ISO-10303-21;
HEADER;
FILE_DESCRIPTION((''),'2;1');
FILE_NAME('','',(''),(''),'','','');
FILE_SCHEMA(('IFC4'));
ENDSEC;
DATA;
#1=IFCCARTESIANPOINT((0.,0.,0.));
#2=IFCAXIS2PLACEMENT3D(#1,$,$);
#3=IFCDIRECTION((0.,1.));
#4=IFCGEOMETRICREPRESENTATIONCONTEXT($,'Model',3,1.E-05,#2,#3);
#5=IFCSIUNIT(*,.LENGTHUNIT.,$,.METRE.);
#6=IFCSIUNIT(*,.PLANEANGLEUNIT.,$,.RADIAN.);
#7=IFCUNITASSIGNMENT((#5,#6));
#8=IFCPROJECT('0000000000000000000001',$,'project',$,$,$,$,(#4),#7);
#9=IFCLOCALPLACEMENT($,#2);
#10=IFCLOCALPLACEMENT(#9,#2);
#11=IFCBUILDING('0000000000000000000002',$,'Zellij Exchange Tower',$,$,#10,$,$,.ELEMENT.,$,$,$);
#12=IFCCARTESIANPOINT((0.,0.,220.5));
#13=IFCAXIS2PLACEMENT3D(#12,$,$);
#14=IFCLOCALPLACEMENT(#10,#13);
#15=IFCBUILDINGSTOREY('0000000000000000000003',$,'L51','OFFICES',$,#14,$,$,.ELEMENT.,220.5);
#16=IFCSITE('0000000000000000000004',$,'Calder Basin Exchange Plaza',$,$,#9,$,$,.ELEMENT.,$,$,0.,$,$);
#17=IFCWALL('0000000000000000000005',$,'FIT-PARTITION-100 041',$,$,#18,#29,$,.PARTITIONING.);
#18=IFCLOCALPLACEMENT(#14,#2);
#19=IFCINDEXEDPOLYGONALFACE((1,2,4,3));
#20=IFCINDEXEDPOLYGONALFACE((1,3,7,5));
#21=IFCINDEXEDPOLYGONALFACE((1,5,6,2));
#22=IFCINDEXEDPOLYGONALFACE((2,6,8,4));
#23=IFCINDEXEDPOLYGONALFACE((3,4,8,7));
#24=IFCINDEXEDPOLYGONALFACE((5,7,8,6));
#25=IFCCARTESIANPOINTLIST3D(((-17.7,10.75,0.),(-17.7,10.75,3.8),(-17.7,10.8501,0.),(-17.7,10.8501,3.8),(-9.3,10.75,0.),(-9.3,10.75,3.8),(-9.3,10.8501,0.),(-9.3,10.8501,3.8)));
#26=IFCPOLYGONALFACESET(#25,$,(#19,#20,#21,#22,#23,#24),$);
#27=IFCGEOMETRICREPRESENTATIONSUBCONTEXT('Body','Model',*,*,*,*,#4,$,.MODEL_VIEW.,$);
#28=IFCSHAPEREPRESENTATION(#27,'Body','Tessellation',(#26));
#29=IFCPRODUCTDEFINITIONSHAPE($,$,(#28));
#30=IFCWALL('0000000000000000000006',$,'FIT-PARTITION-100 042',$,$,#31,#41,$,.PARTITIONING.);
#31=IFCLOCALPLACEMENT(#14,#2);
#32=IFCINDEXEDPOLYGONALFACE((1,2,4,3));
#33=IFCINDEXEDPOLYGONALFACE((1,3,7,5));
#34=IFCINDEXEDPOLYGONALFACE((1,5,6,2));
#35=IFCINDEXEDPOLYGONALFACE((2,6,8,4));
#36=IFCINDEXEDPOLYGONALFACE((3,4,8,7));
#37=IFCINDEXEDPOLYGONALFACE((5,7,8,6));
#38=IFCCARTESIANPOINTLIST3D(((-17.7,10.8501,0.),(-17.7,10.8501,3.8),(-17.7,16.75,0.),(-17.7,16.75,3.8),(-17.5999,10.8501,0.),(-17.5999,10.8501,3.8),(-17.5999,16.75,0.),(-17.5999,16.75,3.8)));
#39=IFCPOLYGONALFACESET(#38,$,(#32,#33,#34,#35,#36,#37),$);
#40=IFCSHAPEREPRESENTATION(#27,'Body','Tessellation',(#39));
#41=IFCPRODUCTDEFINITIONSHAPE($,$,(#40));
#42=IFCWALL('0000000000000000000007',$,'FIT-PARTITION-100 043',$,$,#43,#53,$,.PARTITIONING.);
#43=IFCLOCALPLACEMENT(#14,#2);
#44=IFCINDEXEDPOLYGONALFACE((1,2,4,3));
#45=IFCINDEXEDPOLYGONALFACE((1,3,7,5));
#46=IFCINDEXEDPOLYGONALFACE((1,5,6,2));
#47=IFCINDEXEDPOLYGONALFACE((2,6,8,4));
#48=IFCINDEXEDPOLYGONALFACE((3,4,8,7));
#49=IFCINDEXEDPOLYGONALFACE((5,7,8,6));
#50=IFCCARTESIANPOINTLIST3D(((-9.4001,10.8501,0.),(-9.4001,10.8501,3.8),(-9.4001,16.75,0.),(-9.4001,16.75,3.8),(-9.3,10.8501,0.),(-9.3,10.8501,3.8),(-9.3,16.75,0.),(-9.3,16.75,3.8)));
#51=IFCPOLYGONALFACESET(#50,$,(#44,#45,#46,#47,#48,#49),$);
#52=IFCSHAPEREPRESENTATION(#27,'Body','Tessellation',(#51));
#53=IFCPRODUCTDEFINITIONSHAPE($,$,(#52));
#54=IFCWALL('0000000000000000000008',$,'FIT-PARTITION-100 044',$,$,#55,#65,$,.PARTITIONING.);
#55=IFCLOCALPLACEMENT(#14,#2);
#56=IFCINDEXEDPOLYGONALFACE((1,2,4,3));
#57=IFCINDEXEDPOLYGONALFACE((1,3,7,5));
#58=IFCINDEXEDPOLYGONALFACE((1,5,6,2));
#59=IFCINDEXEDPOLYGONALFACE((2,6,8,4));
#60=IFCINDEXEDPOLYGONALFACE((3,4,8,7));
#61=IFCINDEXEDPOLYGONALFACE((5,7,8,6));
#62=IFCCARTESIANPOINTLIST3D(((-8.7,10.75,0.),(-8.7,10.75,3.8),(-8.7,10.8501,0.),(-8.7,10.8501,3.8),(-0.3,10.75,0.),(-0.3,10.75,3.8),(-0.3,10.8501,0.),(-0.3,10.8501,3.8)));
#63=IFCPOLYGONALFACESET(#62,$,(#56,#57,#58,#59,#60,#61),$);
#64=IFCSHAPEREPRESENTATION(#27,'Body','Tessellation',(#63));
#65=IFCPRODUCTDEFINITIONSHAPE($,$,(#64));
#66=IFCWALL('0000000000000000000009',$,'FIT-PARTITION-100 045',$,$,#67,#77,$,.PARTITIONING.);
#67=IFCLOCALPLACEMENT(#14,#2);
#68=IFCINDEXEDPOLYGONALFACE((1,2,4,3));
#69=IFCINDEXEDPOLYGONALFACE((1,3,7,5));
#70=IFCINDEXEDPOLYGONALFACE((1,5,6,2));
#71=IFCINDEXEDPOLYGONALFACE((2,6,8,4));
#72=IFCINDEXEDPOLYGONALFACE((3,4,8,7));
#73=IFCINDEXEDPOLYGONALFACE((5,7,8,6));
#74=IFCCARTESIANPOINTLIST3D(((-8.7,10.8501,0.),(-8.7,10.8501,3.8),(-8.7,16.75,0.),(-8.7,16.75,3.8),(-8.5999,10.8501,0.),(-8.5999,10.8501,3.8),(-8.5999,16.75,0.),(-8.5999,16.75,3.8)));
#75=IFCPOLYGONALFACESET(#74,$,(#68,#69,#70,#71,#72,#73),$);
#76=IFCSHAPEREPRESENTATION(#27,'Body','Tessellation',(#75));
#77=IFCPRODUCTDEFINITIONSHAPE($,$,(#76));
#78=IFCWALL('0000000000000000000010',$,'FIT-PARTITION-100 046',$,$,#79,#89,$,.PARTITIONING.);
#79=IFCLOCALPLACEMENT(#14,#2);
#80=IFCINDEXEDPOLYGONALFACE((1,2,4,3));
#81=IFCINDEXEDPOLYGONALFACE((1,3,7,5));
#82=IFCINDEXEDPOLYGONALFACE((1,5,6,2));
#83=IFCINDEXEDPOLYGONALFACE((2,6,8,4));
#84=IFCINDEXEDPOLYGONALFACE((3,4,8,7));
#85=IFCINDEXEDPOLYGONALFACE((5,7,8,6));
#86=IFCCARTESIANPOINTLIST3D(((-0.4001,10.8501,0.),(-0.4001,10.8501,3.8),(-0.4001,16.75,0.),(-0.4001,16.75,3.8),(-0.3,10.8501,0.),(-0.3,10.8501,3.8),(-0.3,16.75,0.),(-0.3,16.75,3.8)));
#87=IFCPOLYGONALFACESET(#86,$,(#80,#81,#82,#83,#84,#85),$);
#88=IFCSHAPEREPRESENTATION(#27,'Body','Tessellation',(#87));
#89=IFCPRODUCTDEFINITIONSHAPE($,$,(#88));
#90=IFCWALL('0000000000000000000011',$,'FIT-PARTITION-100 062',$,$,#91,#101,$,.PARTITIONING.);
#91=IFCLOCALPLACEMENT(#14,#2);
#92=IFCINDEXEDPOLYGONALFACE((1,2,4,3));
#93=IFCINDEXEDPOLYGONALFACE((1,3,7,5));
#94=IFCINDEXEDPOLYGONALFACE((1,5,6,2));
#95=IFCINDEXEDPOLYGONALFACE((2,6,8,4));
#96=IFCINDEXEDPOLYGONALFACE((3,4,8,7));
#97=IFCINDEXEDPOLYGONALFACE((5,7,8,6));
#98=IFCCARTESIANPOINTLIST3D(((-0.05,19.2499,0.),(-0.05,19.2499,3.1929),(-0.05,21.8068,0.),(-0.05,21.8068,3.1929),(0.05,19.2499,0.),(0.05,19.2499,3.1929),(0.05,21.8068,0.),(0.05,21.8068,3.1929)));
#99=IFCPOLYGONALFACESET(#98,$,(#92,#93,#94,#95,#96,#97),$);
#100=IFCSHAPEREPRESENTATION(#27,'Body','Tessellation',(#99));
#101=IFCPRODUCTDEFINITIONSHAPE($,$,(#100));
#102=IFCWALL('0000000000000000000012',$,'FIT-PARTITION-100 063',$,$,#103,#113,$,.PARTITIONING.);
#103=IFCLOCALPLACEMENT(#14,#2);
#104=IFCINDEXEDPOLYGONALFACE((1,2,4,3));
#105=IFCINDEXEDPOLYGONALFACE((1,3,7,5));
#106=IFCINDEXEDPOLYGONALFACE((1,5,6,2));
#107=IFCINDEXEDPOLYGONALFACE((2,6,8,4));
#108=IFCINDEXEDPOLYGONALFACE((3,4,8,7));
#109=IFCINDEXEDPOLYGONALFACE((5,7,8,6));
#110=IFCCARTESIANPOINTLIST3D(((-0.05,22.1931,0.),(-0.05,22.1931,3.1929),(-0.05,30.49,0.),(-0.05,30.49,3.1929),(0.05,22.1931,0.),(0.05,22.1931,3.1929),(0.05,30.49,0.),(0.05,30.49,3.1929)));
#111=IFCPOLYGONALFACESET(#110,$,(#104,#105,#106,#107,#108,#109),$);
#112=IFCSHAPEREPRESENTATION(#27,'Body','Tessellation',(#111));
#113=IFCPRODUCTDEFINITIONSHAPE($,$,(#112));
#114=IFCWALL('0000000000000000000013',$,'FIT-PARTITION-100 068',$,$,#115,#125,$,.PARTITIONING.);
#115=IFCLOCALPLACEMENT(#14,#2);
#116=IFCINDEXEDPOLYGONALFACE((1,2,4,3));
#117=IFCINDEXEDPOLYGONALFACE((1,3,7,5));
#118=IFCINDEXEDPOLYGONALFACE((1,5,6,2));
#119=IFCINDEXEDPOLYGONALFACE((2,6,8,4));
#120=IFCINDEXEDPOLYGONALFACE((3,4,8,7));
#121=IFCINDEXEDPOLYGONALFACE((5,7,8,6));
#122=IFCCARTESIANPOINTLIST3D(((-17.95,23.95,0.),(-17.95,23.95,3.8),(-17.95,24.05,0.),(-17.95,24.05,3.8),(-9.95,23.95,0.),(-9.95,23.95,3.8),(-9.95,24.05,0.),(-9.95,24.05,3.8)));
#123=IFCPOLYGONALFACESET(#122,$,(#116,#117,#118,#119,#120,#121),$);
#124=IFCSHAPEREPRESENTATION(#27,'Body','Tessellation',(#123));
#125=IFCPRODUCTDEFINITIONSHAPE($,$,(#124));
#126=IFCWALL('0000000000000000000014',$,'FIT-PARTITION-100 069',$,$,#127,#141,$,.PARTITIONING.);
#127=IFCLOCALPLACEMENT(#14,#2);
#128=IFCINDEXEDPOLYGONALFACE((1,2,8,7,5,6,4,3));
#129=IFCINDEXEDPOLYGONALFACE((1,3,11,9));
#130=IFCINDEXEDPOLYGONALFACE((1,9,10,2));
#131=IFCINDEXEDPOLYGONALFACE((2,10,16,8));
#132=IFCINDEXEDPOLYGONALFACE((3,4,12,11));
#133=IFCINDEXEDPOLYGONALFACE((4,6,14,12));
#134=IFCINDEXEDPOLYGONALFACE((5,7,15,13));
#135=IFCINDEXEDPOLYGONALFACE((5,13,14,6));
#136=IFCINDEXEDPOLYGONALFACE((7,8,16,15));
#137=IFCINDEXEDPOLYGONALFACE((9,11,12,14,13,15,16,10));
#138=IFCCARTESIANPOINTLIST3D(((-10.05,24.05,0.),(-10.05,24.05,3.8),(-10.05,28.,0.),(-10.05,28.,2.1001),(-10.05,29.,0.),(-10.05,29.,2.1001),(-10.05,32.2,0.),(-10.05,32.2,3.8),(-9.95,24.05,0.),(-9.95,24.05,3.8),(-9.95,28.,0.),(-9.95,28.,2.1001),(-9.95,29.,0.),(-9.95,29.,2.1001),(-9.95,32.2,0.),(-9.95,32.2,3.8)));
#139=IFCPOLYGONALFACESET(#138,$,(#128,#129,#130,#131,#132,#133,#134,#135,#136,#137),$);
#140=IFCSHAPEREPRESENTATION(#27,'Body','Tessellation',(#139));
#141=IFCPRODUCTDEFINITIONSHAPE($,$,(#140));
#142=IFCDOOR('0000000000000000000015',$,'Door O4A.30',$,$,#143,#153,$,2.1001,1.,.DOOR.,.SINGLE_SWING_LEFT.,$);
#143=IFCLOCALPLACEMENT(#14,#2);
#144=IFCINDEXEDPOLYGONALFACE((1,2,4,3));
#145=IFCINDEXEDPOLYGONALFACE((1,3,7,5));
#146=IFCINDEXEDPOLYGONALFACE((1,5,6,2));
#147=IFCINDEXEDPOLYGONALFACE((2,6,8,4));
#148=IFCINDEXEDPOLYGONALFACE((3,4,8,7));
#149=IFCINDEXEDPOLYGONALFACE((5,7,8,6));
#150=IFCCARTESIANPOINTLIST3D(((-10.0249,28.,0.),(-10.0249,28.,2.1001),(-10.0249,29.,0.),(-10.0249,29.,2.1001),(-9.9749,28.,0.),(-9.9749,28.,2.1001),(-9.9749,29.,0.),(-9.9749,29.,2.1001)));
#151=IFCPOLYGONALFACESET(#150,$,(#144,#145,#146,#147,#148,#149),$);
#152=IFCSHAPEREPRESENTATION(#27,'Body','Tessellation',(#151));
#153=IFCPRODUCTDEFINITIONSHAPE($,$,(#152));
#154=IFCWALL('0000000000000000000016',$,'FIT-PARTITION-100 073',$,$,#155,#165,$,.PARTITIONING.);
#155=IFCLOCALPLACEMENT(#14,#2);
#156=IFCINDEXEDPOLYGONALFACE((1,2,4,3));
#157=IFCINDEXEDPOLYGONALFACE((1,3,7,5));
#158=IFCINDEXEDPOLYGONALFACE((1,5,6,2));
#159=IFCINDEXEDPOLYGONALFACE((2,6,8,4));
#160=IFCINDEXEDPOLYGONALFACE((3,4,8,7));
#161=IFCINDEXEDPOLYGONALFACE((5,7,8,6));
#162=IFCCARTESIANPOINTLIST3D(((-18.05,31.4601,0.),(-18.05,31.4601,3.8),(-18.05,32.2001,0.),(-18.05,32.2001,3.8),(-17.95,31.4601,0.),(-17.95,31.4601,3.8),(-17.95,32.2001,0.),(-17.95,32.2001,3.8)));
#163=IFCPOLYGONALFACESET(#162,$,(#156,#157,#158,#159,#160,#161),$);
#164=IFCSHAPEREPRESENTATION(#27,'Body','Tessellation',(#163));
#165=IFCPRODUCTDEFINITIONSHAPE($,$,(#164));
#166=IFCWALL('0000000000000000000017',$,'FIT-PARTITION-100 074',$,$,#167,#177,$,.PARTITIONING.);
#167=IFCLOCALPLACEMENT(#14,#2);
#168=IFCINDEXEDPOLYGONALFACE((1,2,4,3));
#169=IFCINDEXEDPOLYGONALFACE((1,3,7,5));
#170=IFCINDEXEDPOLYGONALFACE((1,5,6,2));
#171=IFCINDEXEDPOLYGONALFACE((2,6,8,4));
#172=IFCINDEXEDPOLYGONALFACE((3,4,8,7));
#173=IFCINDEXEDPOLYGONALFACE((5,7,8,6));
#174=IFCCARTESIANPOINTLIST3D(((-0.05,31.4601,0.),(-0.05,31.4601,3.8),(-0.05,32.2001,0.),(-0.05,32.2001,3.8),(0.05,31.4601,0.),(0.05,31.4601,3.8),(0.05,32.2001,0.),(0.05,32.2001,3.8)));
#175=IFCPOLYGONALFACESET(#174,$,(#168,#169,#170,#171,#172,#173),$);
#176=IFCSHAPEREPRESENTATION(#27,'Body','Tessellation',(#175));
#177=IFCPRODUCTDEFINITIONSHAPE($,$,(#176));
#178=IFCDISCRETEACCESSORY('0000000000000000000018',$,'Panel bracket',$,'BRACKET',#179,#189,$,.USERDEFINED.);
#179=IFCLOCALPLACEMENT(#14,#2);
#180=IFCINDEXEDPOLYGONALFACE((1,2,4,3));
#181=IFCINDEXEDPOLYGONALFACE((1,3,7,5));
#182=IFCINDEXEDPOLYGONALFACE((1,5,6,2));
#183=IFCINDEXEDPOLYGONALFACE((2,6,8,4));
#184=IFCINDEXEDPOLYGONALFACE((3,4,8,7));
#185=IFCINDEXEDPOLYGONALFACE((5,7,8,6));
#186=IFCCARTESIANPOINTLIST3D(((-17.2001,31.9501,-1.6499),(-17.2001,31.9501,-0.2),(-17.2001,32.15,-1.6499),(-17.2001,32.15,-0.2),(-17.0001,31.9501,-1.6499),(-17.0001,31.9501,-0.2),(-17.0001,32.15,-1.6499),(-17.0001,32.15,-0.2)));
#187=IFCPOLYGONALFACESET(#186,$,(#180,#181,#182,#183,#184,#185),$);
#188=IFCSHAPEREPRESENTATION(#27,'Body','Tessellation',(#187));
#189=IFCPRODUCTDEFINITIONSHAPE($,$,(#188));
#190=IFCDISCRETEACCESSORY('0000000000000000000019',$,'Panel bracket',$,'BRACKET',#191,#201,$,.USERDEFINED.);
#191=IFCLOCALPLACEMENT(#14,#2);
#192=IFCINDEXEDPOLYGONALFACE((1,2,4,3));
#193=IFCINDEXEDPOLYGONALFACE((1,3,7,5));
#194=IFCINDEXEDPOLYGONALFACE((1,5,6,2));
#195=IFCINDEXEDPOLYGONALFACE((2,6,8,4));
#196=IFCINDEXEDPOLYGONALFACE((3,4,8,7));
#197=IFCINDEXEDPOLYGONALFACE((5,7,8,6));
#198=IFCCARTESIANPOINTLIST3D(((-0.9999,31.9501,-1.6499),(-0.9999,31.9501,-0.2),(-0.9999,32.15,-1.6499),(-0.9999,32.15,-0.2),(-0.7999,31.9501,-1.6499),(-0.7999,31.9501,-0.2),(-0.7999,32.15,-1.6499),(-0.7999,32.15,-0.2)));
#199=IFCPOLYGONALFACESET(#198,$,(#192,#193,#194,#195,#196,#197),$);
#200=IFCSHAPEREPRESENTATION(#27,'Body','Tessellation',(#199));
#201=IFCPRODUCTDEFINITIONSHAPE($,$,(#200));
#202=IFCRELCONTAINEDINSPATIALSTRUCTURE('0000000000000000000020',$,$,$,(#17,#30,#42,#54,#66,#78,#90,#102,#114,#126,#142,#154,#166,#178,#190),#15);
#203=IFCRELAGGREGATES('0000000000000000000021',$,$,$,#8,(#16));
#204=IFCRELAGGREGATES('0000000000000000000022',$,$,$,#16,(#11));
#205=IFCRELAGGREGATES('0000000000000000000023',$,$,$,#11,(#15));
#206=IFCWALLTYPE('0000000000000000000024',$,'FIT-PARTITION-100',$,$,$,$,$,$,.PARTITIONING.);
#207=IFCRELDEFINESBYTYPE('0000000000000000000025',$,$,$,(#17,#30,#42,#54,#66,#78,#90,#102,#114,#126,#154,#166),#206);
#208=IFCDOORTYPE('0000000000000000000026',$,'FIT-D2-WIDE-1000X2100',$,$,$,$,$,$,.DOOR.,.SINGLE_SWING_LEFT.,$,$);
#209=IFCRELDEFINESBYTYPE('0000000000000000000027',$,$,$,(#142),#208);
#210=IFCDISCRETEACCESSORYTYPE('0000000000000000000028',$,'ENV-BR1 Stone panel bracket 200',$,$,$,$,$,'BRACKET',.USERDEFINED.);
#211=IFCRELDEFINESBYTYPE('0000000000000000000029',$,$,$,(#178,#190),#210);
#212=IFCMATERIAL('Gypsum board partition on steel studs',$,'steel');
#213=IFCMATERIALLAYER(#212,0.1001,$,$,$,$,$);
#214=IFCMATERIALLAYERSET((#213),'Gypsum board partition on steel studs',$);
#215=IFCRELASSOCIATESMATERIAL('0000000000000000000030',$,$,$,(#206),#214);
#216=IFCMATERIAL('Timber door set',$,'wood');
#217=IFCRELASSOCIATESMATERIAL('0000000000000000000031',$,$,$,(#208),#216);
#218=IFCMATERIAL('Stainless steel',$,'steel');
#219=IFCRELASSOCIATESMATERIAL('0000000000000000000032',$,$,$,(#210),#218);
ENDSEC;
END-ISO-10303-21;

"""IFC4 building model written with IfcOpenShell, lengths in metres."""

from ifc_helpers import new_model, si_unit, direction, frame, frame_2d, origin, origin_2d, place, context, subcontext, project, spatial, rectangle, extrude, material, layer, layer_set, type_object, element, fill, save


model = new_model("IFC4")

# Units and contexts
model_context = context("Model", 3, precision=1e-05, world=origin(), true_north=direction((0.0, 1.0)))
body_context = subcontext(model_context, "Body", "Model", "MODEL_VIEW")
ifc_project = project(units=[si_unit("LENGTHUNIT", "METRE"), si_unit("PLANEANGLEUNIT", "RADIAN")], contexts=[model_context])

# Site, building, storey
site_placement = place(None, origin())
site = spatial("IfcSite", under=ifc_project, at=site_placement, Name="Calder Basin Exchange Plaza", CompositionType="ELEMENT", RefElevation=0.0)
building_placement = place(site_placement, origin())
building = spatial("IfcBuilding", under=site, at=building_placement, Name="Zellij Exchange Tower", CompositionType="ELEMENT")
storey_placement = place(building_placement, frame((0.0, 0.0, 220.5)))
storey = spatial("IfcBuildingStorey", under=building, at=storey_placement, Name="L51", Description="OFFICES", CompositionType="ELEMENT", Elevation=220.5)

# Walls
ifc_material_1 = material(Name="Gypsum board partition on steel studs", Category="steel")
ifc_layer = layer(ifc_material_1, 0.1001)
ifc_layer_set = layer_set([ifc_layer], Name="Gypsum board partition on steel studs")
wall_type = type_object("IfcWallType", Name="FIT-PARTITION-100", PredefinedType="PARTITIONING", material=ifc_layer_set)
wall_1_placement = place(storey_placement, frame((-17.7, 10.8, 0.0), z_axis=(0.0, 0.0, 1.0), x_axis=(1.0, 0.0, 0.0)))
element("IfcWall", 1, at=wall_1_placement, inside=storey, type_object=wall_type, Name="FIT-PARTITION-100 041", PredefinedType="PARTITIONING", context=body_context, shape_type="SweptSolid", body=[
    extrude(rectangle(XDim=8.3999, YDim=0.1001, at=frame_2d((4.2, 0.0))), origin(), (0.0, 0.0, 1.0), 3.8),
])
for number, where, z_axis, x_axis, name in (
    (2, (-17.6499, 10.8501, 0.0), (0.0, 0.0, 1.0), (0.0, 1.0, 0.0), "FIT-PARTITION-100 042"),
    (3, (-9.3501, 10.8501, 0.0), (0.0, 0.0, 1.0), (0.0, 1.0, 0.0), "FIT-PARTITION-100 043"),
):
    element("IfcWall", number, at=place(storey_placement, frame(where, z_axis=z_axis, x_axis=x_axis)), inside=storey, type_object=wall_type, Name=name, PredefinedType="PARTITIONING", context=body_context, shape_type="SweptSolid", body=[
        extrude(rectangle(XDim=5.8999, YDim=0.1001, at=frame_2d((2.95, 0.0))), origin(), (0.0, 0.0, 1.0), 3.8),
    ])
wall_2_placement = place(storey_placement, frame((-8.7, 10.8, 0.0), z_axis=(0.0, 0.0, 1.0), x_axis=(1.0, 0.0, 0.0)))
element("IfcWall", 4, at=wall_2_placement, inside=storey, type_object=wall_type, Name="FIT-PARTITION-100 044", PredefinedType="PARTITIONING", context=body_context, shape_type="SweptSolid", body=[
    extrude(rectangle(XDim=8.3999, YDim=0.1001, at=frame_2d((4.2, 0.0))), origin(), (0.0, 0.0, 1.0), 3.8),
])
for number, where, z_axis, x_axis, name in (
    (5, (-8.6499, 10.8501, 0.0), (0.0, 0.0, 1.0), (0.0, 1.0, 0.0), "FIT-PARTITION-100 045"),
    (6, (-0.3501, 10.8501, 0.0), (0.0, 0.0, 1.0), (0.0, 1.0, 0.0), "FIT-PARTITION-100 046"),
):
    element("IfcWall", number, at=place(storey_placement, frame(where, z_axis=z_axis, x_axis=x_axis)), inside=storey, type_object=wall_type, Name=name, PredefinedType="PARTITIONING", context=body_context, shape_type="SweptSolid", body=[
        extrude(rectangle(XDim=5.8999, YDim=0.1001, at=frame_2d((2.95, 0.0))), origin(), (0.0, 0.0, 1.0), 3.8),
    ])
wall_3_placement = place(storey_placement, frame((0.0, 19.25, 0.0), z_axis=(0.0, 0.0, 1.0), x_axis=(0.0, 1.0, 0.0)))
element("IfcWall", 7, at=wall_3_placement, inside=storey, type_object=wall_type, Name="FIT-PARTITION-100 062", PredefinedType="PARTITIONING", context=body_context, shape_type="SweptSolid", body=[
    extrude(rectangle(XDim=2.5569, YDim=0.1001, at=frame_2d((1.2783, 0.0))), origin(), (0.0, 0.0, 1.0), 3.1929),
])
wall_4_placement = place(storey_placement, frame((0.0, 22.1931, 0.0), z_axis=(0.0, 0.0, 1.0), x_axis=(0.0, 1.0, 0.0)))
element("IfcWall", 8, at=wall_4_placement, inside=storey, type_object=wall_type, Name="FIT-PARTITION-100 063", PredefinedType="PARTITIONING", context=body_context, shape_type="SweptSolid", body=[
    extrude(rectangle(XDim=8.2969, YDim=0.1001, at=frame_2d((4.1484, 0.0))), origin(), (0.0, 0.0, 1.0), 3.1929),
])
wall_5_placement = place(storey_placement, frame((-17.95, 24.0, 0.0), z_axis=(0.0, 0.0, 1.0), x_axis=(1.0, 0.0, 0.0)))
element("IfcWall", 9, at=wall_5_placement, inside=storey, type_object=wall_type, Name="FIT-PARTITION-100 068", PredefinedType="PARTITIONING", context=body_context, shape_type="SweptSolid", body=[
    extrude(rectangle(XDim=8.0, YDim=0.1001, at=frame_2d((4.0, 0.0))), origin(), (0.0, 0.0, 1.0), 3.8),
])

# Wall, opening, door
wall_6_placement = place(storey_placement, frame((-10.0, 24.05, 0.0), z_axis=(0.0, 0.0, 1.0), x_axis=(0.0, 1.0, 0.0)))
wall_6 = element("IfcWall", 10, at=wall_6_placement, inside=storey, type_object=wall_type, Name="FIT-PARTITION-100 069", PredefinedType="PARTITIONING", context=body_context, shape_type="SweptSolid", body=[
    extrude(rectangle(XDim=8.1499, YDim=0.1001, at=frame_2d((4.075, 0.0))), origin(), (0.0, 0.0, 1.0), 3.8),
])
opening_placement = place(wall_6_placement, frame((3.95, 0.0, 0.0)))
opening = element("IfcOpeningElement", 11, at=opening_placement, cuts=wall_6, PredefinedType="OPENING", context=body_context, shape_type="SweptSolid", body=[
    extrude(rectangle(XDim=1.0, YDim=2.1001, at=frame_2d((0.5, 1.05))), frame((0.0, 0.062, 0.0), z_axis=(0.0, -1.0, 0.0), x_axis=(1.0, 0.0, 0.0)), (0.0, 0.0, 1.0), 0.124),
])
ifc_material_2 = material(Name="Timber door set", Category="wood")
door_type = type_object("IfcDoorType", Name="FIT-D2-WIDE-1000X2100", OperationType="SINGLE_SWING_LEFT", PredefinedType="DOOR", material=ifc_material_2)
door_placement = place(opening_placement, origin())
door = element("IfcDoor", 12, at=door_placement, inside=storey, type_object=door_type, Name="Door O4A.30", OperationType="SINGLE_SWING_LEFT", OverallHeight=2.1001, OverallWidth=1.0, PredefinedType="DOOR", context=body_context, shape_type="SweptSolid", body=[
    extrude(rectangle(XDim=1.0, YDim=2.1001, at=frame_2d((0.5, 1.05))), frame((0.0, 0.0249, 0.0), z_axis=(0.0, -1.0, 0.0), x_axis=(1.0, 0.0, 0.0)), (0.0, 0.0, 1.0), 0.05),
])
fill(opening, door)

# Walls
for number, where, z_axis, x_axis, name in (
    (13, (-18.0, 31.46, 0.0), (0.0, 0.0, 1.0), (0.0, 1.0, 0.0), "FIT-PARTITION-100 073"),
    (14, (0.0, 31.46, 0.0), (0.0, 0.0, 1.0), (0.0, 1.0, 0.0), "FIT-PARTITION-100 074"),
):
    element("IfcWall", number, at=place(storey_placement, frame(where, z_axis=z_axis, x_axis=x_axis)), inside=storey, type_object=wall_type, Name=name, PredefinedType="PARTITIONING", context=body_context, shape_type="SweptSolid", body=[
        extrude(rectangle(XDim=0.74, YDim=0.1001, at=frame_2d((0.3701, 0.0))), origin(), (0.0, 0.0, 1.0), 3.8),
    ])

# Discrete accessories
ifc_material_3 = material(Name="Stainless steel", Category="steel")
discrete_accessory_type = type_object("IfcDiscreteAccessoryType", Name="ENV-BR1 Stone panel bracket 200", ElementType="BRACKET", PredefinedType="USERDEFINED", material=ifc_material_3)
for number, where, z_axis, x_axis, name in (
    (15, (-17.1001, 32.05, -1.6499), (0.0, 0.0, 1.0), (1.0, 0.0, 0.0), "Panel bracket"),
    (16, (-0.8999, 32.05, -1.6499), (0.0, 0.0, 1.0), (1.0, 0.0, 0.0), "Panel bracket"),
):
    element("IfcDiscreteAccessory", number, at=place(storey_placement, frame(where, z_axis=z_axis, x_axis=x_axis)), inside=storey, type_object=discrete_accessory_type, Name=name, ObjectType="BRACKET", PredefinedType="USERDEFINED", context=body_context, shape_type="SweptSolid", body=[
        extrude(rectangle(XDim=0.2, YDim=0.2, at=origin_2d()), origin(), (0.0, 0.0, 1.0), 1.45),
    ])

save(model, "model.ifc")
